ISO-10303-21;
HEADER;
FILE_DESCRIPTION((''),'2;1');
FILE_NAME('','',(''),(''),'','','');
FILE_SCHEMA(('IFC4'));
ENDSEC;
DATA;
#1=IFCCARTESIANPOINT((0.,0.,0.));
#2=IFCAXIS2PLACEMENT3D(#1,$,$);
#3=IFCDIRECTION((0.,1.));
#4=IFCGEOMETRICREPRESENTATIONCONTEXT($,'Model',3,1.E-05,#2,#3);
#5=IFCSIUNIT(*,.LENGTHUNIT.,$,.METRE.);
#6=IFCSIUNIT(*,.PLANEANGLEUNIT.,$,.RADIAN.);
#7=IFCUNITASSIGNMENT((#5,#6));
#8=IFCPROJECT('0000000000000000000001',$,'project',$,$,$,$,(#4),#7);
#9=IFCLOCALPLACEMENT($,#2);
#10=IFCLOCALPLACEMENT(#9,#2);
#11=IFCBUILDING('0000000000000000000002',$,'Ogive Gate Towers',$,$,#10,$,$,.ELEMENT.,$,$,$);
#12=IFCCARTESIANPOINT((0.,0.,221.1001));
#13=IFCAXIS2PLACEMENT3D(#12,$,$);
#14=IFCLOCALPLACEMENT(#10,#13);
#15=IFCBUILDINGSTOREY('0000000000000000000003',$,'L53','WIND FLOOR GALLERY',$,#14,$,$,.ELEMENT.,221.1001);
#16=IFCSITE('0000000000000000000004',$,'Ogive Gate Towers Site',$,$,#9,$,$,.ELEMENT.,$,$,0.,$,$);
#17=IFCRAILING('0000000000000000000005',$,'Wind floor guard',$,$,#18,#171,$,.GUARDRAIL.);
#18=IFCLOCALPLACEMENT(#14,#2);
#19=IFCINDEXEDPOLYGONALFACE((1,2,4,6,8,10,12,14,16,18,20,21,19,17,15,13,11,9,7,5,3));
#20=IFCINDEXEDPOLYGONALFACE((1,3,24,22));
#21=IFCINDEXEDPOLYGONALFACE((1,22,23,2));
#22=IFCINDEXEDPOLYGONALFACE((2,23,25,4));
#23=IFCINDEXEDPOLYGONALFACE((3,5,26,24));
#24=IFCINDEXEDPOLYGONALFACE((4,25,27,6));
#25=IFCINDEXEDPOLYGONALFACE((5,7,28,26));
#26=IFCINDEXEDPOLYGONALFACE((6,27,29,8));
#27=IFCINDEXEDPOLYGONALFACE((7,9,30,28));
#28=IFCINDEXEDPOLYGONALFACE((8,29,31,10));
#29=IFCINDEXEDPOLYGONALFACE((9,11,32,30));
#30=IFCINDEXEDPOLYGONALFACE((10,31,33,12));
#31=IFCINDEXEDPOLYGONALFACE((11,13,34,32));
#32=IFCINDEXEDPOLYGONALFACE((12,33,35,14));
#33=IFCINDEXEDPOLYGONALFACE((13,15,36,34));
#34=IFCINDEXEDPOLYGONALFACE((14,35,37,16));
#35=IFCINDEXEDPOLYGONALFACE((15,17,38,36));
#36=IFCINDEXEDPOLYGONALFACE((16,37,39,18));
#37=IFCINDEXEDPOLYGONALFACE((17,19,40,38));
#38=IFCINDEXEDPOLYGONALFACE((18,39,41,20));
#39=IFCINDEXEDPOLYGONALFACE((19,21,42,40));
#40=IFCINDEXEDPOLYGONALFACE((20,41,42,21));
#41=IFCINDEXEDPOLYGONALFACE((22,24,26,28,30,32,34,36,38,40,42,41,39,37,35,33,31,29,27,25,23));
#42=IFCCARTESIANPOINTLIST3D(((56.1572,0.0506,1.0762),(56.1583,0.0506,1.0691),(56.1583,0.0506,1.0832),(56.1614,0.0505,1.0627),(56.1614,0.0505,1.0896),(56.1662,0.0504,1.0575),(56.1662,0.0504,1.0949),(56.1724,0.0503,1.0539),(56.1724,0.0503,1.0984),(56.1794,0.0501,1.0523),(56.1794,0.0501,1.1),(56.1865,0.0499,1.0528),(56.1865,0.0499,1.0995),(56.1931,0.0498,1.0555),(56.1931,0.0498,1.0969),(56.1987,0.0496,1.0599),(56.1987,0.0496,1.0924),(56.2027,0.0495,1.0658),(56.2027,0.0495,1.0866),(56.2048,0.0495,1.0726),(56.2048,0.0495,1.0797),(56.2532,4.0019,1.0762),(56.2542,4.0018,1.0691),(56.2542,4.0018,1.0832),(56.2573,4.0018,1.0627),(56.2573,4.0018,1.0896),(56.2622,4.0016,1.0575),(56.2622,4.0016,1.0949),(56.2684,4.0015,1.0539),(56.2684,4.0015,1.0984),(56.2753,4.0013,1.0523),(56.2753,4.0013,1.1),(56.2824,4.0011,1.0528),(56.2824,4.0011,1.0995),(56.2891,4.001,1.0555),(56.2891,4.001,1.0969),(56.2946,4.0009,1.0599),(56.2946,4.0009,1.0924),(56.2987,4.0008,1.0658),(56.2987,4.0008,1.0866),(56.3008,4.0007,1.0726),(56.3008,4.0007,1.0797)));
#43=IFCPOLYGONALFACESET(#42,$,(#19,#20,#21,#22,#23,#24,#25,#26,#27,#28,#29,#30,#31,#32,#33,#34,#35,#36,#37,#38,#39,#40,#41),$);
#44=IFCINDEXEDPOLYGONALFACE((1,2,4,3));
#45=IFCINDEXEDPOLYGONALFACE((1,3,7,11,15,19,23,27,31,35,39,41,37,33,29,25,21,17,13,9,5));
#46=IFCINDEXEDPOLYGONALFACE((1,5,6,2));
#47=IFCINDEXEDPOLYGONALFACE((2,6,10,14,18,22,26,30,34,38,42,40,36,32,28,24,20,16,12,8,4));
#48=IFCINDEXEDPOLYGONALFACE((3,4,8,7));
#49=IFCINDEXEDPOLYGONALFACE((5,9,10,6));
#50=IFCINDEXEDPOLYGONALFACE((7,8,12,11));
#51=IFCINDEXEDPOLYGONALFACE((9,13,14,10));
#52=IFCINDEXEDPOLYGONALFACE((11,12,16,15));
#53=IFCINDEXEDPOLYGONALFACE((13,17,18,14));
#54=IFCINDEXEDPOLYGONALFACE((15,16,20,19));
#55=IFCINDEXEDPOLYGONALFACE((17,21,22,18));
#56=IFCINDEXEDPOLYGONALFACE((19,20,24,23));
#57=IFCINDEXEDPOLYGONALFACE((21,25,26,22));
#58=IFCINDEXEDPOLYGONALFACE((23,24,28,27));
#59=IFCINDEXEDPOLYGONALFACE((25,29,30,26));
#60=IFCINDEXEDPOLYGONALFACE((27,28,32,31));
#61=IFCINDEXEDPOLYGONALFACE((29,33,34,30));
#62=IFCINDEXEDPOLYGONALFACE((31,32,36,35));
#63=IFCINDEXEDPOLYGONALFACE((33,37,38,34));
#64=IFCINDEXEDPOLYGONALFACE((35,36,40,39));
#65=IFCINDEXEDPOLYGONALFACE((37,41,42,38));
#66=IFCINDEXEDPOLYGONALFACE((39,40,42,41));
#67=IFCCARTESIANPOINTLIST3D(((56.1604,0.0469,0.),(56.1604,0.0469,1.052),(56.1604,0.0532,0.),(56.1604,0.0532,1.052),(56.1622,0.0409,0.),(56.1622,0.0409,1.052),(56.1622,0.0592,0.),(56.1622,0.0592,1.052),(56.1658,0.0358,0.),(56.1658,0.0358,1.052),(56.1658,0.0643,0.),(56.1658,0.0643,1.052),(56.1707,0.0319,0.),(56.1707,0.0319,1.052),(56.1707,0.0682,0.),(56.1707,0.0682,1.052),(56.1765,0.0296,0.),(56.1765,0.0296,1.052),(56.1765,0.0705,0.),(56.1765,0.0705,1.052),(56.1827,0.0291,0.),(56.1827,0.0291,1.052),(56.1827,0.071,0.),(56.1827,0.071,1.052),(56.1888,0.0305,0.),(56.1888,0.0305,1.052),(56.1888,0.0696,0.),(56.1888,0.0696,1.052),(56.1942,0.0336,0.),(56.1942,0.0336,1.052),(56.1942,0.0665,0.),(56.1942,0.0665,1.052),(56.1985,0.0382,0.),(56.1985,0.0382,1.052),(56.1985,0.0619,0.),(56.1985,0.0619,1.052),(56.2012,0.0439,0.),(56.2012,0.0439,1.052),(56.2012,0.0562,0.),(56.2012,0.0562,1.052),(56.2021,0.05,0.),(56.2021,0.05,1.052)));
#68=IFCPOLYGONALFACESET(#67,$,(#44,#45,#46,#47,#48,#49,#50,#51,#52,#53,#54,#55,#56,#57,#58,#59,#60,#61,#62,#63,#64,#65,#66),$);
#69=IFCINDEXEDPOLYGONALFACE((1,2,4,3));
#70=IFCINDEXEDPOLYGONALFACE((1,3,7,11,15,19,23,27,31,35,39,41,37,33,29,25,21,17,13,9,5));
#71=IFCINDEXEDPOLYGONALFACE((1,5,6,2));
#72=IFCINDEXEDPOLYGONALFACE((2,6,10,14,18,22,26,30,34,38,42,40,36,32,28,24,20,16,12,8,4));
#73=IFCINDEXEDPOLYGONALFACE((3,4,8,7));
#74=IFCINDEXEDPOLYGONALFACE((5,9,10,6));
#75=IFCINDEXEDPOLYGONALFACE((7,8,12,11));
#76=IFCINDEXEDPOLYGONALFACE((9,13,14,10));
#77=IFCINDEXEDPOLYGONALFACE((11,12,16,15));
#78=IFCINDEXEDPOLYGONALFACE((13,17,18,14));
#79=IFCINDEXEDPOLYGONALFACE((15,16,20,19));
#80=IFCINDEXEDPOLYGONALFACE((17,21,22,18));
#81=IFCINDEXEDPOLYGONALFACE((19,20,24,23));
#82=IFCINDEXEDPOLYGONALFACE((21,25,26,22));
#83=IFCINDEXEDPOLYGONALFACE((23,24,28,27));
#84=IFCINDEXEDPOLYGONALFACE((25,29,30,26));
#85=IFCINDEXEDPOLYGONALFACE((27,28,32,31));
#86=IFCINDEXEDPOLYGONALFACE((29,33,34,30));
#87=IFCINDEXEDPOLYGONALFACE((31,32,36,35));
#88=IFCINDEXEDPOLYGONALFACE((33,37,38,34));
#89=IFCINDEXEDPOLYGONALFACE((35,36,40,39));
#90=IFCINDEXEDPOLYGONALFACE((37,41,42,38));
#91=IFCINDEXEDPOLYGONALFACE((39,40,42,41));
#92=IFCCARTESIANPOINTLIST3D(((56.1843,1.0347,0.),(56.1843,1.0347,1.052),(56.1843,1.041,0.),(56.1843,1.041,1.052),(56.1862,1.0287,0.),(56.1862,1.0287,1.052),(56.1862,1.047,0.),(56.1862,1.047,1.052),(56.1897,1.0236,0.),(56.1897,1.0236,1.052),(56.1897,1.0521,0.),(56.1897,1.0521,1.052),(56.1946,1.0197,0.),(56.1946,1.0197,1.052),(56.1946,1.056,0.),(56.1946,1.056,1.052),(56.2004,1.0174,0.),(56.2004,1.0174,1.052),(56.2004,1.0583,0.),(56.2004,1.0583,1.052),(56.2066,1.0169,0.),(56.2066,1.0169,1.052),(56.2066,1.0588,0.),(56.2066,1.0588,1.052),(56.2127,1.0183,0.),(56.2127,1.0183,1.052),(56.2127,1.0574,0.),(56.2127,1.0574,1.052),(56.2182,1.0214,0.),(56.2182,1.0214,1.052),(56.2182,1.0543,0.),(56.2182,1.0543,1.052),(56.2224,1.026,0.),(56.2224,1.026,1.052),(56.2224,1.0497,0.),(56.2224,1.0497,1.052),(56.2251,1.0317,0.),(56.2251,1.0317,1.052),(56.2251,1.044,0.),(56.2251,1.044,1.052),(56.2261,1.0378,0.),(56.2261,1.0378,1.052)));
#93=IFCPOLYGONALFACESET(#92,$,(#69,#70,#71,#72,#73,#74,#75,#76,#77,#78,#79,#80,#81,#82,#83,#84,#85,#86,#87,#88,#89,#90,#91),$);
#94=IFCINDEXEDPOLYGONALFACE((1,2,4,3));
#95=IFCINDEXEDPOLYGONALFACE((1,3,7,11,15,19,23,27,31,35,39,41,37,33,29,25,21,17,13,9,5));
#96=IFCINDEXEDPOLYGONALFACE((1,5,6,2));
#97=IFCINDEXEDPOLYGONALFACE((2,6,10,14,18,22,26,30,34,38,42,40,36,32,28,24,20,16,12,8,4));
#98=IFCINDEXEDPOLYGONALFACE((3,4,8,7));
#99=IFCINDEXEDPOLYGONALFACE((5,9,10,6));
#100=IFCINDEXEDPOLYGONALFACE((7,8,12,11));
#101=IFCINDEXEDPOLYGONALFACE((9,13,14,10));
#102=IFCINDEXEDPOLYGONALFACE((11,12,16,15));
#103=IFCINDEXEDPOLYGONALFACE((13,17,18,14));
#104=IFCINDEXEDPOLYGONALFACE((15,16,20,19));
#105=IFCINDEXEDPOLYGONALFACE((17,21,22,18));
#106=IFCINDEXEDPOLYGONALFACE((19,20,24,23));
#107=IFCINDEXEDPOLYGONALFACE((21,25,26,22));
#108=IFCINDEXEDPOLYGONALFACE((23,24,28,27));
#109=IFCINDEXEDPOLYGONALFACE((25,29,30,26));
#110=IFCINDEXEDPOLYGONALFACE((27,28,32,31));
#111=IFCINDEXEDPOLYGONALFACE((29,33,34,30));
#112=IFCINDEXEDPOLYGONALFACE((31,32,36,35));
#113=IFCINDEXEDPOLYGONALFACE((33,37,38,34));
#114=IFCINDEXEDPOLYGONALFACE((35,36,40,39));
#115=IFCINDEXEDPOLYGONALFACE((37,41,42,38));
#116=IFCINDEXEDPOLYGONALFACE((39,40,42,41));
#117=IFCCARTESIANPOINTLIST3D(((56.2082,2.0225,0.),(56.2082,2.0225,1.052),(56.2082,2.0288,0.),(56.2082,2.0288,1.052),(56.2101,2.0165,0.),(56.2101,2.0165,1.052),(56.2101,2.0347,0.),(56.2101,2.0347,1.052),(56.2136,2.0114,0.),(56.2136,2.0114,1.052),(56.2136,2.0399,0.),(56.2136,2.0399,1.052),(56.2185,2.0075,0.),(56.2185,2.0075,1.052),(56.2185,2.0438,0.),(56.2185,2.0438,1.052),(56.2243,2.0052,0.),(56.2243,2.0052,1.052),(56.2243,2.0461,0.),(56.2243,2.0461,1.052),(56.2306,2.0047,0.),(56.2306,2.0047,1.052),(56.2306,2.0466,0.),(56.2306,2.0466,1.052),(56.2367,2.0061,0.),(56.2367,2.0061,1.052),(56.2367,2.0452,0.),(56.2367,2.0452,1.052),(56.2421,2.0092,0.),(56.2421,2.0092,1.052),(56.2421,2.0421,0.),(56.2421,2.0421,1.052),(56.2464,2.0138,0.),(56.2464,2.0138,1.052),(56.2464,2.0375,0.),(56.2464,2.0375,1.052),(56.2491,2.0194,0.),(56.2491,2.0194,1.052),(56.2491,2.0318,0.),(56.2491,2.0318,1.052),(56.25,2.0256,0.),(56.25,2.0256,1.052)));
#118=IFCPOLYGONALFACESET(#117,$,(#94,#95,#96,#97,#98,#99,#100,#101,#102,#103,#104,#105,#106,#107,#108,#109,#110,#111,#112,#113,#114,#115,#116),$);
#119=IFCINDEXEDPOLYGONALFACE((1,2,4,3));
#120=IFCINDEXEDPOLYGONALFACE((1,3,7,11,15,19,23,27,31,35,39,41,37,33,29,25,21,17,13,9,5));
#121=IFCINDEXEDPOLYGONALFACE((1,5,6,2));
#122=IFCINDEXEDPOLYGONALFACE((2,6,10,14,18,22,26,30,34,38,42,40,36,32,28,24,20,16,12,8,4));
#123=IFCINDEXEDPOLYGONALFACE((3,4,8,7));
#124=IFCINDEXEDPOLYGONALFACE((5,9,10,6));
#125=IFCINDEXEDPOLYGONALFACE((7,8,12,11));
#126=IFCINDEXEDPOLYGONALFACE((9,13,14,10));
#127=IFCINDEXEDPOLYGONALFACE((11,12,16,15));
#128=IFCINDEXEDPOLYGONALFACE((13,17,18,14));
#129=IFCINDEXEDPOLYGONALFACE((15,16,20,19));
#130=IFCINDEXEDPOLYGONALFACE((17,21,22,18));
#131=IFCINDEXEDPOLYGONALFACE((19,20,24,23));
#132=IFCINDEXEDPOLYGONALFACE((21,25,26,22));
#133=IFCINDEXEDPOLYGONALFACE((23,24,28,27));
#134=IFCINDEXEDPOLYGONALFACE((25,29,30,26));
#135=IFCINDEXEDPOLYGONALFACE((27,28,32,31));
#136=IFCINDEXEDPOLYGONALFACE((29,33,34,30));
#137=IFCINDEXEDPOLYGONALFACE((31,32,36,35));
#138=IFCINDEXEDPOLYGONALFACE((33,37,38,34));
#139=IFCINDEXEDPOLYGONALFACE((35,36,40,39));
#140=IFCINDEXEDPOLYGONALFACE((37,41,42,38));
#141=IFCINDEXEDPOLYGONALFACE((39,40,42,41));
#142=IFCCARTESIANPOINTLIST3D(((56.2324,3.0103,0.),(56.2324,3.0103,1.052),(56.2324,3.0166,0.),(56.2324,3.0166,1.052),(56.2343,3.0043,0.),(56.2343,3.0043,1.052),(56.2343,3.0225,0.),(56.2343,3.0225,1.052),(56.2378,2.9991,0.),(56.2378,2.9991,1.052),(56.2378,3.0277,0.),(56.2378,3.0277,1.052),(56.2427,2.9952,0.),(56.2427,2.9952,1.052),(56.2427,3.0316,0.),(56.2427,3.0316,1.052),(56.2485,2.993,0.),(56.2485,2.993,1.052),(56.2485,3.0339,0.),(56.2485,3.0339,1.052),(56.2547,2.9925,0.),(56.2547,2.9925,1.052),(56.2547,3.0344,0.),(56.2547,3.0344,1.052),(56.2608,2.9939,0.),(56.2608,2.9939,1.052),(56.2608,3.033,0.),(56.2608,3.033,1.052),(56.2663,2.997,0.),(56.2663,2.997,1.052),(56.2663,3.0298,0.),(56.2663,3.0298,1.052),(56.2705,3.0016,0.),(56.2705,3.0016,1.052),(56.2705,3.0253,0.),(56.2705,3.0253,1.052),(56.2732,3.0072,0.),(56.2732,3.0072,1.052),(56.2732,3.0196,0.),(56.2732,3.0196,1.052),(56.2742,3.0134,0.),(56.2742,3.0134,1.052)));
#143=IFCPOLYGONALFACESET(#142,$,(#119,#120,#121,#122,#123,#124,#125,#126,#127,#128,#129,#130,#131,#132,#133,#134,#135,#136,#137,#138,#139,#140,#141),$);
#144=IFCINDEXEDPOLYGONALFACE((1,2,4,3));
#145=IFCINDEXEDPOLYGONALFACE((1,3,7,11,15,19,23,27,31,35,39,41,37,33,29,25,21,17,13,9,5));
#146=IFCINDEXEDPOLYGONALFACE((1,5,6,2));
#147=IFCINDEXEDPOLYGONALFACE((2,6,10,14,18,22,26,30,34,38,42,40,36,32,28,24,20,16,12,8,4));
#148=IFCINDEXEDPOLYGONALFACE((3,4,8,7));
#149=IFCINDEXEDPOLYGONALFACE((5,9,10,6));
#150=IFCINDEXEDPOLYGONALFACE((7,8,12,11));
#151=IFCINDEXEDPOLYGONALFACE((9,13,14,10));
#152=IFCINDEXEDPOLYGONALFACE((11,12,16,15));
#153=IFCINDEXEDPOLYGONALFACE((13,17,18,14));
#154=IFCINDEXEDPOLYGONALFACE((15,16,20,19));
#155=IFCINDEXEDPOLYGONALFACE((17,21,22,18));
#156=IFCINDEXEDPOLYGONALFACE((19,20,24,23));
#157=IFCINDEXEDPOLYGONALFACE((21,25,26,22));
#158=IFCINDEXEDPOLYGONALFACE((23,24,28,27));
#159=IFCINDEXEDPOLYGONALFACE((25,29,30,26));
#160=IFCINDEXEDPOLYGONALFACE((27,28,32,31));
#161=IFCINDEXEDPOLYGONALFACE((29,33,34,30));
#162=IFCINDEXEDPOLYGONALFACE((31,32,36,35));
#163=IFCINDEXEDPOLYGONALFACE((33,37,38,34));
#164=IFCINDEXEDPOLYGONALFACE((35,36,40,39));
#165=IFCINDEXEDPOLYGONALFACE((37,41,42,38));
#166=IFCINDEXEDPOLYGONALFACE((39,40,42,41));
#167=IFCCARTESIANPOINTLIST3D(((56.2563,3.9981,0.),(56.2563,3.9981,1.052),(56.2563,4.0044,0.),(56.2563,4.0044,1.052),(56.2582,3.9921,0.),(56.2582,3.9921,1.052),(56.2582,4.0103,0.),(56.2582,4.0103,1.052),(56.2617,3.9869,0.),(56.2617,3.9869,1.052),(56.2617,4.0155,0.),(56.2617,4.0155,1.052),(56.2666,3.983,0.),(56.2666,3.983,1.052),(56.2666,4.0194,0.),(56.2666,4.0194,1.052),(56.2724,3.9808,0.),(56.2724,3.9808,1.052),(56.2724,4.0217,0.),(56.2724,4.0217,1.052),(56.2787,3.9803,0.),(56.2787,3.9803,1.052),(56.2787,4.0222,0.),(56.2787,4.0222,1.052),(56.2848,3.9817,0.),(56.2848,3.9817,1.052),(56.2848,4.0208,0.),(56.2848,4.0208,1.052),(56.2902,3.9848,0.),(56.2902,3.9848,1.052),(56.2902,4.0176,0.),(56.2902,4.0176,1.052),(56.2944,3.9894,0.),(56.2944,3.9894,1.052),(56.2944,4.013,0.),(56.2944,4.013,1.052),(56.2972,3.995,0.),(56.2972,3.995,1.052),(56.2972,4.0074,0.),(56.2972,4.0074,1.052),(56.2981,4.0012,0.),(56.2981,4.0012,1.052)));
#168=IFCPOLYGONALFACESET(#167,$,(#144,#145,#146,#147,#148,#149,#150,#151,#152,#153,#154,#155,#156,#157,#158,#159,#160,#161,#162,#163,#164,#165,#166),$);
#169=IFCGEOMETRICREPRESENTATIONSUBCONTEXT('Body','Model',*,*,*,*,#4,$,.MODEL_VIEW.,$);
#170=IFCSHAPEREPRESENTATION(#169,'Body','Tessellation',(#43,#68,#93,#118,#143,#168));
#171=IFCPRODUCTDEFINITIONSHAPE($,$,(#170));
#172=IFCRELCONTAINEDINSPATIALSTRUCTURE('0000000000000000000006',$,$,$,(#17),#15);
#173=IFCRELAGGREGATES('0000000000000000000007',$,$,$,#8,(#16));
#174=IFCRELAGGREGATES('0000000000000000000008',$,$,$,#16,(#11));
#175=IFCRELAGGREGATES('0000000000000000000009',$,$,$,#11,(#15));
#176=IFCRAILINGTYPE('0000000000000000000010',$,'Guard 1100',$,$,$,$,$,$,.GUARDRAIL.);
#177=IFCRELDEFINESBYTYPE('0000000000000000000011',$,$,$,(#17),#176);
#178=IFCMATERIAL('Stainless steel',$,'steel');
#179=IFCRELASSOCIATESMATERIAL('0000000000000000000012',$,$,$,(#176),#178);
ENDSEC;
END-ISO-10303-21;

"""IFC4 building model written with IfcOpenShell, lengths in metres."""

from ifc_helpers import new_model, si_unit, direction, frame, origin, origin_2d, place, context, subcontext, project, spatial, circle, extrude, material, type_object, element, save


model = new_model("IFC4")

# Units and contexts
model_context = context("Model", 3, precision=1e-05, world=origin(), true_north=direction((0.0, 1.0)))
body_context = subcontext(model_context, "Body", "Model", "MODEL_VIEW")
ifc_project = project(units=[si_unit("LENGTHUNIT", "METRE"), si_unit("PLANEANGLEUNIT", "RADIAN")], contexts=[model_context])

# Site, building, storey
site_placement = place(None, origin())
site = spatial("IfcSite", under=ifc_project, at=site_placement, Name="Ogive Gate Towers Site", CompositionType="ELEMENT", RefElevation=0.0)
building_placement = place(site_placement, origin())
building = spatial("IfcBuilding", under=site, at=building_placement, Name="Ogive Gate Towers", CompositionType="ELEMENT")
storey_placement = place(building_placement, frame((0.0, 0.0, 221.1001)))
storey = spatial("IfcBuildingStorey", under=building, at=storey_placement, Name="L53", Description="WIND FLOOR GALLERY", CompositionType="ELEMENT", Elevation=221.1001)

# Railing
ifc_material_1 = material(Name="Stainless steel", Category="steel")
railing_type_1 = type_object("IfcRailingType", Name="Guard 1100", PredefinedType="GUARDRAIL", material=ifc_material_1)
railing_1_placement = place(storey_placement, frame((56.1812, 0.05, 0.0)))
element("IfcRailing", 1, at=railing_1_placement, inside=storey, type_object=railing_type_1, Name="Wind floor guard", PredefinedType="GUARDRAIL", context=body_context, shape_type="SweptSolid", body=[
    extrude(circle(Radius=0.0239, at=origin_2d()), frame((0.0, 0.0, 1.0762), z_axis=(0.024276, 0.999705, 0.0), x_axis=(-0.999705, 0.024276, 0.0)), (0.0, 0.0, 1.0), 3.9524),
    extrude(circle(Radius=0.021, at=origin_2d()), origin(), (0.0, 0.0, 1.0), 1.052),
    extrude(circle(Radius=0.021, at=origin_2d()), frame((0.0239, 0.9878, 0.0)), (0.0, 0.0, 1.0), 1.052),
    extrude(circle(Radius=0.021, at=origin_2d()), frame((0.0479, 1.9756, 0.0)), (0.0, 0.0, 1.0), 1.052),
    extrude(circle(Radius=0.021, at=origin_2d()), frame((0.072, 2.9634, 0.0)), (0.0, 0.0, 1.0), 1.052),
    extrude(circle(Radius=0.021, at=origin_2d()), frame((0.0959, 3.9512, 0.0)), (0.0, 0.0, 1.0), 1.052),
])

save(model, "model.ifc")
